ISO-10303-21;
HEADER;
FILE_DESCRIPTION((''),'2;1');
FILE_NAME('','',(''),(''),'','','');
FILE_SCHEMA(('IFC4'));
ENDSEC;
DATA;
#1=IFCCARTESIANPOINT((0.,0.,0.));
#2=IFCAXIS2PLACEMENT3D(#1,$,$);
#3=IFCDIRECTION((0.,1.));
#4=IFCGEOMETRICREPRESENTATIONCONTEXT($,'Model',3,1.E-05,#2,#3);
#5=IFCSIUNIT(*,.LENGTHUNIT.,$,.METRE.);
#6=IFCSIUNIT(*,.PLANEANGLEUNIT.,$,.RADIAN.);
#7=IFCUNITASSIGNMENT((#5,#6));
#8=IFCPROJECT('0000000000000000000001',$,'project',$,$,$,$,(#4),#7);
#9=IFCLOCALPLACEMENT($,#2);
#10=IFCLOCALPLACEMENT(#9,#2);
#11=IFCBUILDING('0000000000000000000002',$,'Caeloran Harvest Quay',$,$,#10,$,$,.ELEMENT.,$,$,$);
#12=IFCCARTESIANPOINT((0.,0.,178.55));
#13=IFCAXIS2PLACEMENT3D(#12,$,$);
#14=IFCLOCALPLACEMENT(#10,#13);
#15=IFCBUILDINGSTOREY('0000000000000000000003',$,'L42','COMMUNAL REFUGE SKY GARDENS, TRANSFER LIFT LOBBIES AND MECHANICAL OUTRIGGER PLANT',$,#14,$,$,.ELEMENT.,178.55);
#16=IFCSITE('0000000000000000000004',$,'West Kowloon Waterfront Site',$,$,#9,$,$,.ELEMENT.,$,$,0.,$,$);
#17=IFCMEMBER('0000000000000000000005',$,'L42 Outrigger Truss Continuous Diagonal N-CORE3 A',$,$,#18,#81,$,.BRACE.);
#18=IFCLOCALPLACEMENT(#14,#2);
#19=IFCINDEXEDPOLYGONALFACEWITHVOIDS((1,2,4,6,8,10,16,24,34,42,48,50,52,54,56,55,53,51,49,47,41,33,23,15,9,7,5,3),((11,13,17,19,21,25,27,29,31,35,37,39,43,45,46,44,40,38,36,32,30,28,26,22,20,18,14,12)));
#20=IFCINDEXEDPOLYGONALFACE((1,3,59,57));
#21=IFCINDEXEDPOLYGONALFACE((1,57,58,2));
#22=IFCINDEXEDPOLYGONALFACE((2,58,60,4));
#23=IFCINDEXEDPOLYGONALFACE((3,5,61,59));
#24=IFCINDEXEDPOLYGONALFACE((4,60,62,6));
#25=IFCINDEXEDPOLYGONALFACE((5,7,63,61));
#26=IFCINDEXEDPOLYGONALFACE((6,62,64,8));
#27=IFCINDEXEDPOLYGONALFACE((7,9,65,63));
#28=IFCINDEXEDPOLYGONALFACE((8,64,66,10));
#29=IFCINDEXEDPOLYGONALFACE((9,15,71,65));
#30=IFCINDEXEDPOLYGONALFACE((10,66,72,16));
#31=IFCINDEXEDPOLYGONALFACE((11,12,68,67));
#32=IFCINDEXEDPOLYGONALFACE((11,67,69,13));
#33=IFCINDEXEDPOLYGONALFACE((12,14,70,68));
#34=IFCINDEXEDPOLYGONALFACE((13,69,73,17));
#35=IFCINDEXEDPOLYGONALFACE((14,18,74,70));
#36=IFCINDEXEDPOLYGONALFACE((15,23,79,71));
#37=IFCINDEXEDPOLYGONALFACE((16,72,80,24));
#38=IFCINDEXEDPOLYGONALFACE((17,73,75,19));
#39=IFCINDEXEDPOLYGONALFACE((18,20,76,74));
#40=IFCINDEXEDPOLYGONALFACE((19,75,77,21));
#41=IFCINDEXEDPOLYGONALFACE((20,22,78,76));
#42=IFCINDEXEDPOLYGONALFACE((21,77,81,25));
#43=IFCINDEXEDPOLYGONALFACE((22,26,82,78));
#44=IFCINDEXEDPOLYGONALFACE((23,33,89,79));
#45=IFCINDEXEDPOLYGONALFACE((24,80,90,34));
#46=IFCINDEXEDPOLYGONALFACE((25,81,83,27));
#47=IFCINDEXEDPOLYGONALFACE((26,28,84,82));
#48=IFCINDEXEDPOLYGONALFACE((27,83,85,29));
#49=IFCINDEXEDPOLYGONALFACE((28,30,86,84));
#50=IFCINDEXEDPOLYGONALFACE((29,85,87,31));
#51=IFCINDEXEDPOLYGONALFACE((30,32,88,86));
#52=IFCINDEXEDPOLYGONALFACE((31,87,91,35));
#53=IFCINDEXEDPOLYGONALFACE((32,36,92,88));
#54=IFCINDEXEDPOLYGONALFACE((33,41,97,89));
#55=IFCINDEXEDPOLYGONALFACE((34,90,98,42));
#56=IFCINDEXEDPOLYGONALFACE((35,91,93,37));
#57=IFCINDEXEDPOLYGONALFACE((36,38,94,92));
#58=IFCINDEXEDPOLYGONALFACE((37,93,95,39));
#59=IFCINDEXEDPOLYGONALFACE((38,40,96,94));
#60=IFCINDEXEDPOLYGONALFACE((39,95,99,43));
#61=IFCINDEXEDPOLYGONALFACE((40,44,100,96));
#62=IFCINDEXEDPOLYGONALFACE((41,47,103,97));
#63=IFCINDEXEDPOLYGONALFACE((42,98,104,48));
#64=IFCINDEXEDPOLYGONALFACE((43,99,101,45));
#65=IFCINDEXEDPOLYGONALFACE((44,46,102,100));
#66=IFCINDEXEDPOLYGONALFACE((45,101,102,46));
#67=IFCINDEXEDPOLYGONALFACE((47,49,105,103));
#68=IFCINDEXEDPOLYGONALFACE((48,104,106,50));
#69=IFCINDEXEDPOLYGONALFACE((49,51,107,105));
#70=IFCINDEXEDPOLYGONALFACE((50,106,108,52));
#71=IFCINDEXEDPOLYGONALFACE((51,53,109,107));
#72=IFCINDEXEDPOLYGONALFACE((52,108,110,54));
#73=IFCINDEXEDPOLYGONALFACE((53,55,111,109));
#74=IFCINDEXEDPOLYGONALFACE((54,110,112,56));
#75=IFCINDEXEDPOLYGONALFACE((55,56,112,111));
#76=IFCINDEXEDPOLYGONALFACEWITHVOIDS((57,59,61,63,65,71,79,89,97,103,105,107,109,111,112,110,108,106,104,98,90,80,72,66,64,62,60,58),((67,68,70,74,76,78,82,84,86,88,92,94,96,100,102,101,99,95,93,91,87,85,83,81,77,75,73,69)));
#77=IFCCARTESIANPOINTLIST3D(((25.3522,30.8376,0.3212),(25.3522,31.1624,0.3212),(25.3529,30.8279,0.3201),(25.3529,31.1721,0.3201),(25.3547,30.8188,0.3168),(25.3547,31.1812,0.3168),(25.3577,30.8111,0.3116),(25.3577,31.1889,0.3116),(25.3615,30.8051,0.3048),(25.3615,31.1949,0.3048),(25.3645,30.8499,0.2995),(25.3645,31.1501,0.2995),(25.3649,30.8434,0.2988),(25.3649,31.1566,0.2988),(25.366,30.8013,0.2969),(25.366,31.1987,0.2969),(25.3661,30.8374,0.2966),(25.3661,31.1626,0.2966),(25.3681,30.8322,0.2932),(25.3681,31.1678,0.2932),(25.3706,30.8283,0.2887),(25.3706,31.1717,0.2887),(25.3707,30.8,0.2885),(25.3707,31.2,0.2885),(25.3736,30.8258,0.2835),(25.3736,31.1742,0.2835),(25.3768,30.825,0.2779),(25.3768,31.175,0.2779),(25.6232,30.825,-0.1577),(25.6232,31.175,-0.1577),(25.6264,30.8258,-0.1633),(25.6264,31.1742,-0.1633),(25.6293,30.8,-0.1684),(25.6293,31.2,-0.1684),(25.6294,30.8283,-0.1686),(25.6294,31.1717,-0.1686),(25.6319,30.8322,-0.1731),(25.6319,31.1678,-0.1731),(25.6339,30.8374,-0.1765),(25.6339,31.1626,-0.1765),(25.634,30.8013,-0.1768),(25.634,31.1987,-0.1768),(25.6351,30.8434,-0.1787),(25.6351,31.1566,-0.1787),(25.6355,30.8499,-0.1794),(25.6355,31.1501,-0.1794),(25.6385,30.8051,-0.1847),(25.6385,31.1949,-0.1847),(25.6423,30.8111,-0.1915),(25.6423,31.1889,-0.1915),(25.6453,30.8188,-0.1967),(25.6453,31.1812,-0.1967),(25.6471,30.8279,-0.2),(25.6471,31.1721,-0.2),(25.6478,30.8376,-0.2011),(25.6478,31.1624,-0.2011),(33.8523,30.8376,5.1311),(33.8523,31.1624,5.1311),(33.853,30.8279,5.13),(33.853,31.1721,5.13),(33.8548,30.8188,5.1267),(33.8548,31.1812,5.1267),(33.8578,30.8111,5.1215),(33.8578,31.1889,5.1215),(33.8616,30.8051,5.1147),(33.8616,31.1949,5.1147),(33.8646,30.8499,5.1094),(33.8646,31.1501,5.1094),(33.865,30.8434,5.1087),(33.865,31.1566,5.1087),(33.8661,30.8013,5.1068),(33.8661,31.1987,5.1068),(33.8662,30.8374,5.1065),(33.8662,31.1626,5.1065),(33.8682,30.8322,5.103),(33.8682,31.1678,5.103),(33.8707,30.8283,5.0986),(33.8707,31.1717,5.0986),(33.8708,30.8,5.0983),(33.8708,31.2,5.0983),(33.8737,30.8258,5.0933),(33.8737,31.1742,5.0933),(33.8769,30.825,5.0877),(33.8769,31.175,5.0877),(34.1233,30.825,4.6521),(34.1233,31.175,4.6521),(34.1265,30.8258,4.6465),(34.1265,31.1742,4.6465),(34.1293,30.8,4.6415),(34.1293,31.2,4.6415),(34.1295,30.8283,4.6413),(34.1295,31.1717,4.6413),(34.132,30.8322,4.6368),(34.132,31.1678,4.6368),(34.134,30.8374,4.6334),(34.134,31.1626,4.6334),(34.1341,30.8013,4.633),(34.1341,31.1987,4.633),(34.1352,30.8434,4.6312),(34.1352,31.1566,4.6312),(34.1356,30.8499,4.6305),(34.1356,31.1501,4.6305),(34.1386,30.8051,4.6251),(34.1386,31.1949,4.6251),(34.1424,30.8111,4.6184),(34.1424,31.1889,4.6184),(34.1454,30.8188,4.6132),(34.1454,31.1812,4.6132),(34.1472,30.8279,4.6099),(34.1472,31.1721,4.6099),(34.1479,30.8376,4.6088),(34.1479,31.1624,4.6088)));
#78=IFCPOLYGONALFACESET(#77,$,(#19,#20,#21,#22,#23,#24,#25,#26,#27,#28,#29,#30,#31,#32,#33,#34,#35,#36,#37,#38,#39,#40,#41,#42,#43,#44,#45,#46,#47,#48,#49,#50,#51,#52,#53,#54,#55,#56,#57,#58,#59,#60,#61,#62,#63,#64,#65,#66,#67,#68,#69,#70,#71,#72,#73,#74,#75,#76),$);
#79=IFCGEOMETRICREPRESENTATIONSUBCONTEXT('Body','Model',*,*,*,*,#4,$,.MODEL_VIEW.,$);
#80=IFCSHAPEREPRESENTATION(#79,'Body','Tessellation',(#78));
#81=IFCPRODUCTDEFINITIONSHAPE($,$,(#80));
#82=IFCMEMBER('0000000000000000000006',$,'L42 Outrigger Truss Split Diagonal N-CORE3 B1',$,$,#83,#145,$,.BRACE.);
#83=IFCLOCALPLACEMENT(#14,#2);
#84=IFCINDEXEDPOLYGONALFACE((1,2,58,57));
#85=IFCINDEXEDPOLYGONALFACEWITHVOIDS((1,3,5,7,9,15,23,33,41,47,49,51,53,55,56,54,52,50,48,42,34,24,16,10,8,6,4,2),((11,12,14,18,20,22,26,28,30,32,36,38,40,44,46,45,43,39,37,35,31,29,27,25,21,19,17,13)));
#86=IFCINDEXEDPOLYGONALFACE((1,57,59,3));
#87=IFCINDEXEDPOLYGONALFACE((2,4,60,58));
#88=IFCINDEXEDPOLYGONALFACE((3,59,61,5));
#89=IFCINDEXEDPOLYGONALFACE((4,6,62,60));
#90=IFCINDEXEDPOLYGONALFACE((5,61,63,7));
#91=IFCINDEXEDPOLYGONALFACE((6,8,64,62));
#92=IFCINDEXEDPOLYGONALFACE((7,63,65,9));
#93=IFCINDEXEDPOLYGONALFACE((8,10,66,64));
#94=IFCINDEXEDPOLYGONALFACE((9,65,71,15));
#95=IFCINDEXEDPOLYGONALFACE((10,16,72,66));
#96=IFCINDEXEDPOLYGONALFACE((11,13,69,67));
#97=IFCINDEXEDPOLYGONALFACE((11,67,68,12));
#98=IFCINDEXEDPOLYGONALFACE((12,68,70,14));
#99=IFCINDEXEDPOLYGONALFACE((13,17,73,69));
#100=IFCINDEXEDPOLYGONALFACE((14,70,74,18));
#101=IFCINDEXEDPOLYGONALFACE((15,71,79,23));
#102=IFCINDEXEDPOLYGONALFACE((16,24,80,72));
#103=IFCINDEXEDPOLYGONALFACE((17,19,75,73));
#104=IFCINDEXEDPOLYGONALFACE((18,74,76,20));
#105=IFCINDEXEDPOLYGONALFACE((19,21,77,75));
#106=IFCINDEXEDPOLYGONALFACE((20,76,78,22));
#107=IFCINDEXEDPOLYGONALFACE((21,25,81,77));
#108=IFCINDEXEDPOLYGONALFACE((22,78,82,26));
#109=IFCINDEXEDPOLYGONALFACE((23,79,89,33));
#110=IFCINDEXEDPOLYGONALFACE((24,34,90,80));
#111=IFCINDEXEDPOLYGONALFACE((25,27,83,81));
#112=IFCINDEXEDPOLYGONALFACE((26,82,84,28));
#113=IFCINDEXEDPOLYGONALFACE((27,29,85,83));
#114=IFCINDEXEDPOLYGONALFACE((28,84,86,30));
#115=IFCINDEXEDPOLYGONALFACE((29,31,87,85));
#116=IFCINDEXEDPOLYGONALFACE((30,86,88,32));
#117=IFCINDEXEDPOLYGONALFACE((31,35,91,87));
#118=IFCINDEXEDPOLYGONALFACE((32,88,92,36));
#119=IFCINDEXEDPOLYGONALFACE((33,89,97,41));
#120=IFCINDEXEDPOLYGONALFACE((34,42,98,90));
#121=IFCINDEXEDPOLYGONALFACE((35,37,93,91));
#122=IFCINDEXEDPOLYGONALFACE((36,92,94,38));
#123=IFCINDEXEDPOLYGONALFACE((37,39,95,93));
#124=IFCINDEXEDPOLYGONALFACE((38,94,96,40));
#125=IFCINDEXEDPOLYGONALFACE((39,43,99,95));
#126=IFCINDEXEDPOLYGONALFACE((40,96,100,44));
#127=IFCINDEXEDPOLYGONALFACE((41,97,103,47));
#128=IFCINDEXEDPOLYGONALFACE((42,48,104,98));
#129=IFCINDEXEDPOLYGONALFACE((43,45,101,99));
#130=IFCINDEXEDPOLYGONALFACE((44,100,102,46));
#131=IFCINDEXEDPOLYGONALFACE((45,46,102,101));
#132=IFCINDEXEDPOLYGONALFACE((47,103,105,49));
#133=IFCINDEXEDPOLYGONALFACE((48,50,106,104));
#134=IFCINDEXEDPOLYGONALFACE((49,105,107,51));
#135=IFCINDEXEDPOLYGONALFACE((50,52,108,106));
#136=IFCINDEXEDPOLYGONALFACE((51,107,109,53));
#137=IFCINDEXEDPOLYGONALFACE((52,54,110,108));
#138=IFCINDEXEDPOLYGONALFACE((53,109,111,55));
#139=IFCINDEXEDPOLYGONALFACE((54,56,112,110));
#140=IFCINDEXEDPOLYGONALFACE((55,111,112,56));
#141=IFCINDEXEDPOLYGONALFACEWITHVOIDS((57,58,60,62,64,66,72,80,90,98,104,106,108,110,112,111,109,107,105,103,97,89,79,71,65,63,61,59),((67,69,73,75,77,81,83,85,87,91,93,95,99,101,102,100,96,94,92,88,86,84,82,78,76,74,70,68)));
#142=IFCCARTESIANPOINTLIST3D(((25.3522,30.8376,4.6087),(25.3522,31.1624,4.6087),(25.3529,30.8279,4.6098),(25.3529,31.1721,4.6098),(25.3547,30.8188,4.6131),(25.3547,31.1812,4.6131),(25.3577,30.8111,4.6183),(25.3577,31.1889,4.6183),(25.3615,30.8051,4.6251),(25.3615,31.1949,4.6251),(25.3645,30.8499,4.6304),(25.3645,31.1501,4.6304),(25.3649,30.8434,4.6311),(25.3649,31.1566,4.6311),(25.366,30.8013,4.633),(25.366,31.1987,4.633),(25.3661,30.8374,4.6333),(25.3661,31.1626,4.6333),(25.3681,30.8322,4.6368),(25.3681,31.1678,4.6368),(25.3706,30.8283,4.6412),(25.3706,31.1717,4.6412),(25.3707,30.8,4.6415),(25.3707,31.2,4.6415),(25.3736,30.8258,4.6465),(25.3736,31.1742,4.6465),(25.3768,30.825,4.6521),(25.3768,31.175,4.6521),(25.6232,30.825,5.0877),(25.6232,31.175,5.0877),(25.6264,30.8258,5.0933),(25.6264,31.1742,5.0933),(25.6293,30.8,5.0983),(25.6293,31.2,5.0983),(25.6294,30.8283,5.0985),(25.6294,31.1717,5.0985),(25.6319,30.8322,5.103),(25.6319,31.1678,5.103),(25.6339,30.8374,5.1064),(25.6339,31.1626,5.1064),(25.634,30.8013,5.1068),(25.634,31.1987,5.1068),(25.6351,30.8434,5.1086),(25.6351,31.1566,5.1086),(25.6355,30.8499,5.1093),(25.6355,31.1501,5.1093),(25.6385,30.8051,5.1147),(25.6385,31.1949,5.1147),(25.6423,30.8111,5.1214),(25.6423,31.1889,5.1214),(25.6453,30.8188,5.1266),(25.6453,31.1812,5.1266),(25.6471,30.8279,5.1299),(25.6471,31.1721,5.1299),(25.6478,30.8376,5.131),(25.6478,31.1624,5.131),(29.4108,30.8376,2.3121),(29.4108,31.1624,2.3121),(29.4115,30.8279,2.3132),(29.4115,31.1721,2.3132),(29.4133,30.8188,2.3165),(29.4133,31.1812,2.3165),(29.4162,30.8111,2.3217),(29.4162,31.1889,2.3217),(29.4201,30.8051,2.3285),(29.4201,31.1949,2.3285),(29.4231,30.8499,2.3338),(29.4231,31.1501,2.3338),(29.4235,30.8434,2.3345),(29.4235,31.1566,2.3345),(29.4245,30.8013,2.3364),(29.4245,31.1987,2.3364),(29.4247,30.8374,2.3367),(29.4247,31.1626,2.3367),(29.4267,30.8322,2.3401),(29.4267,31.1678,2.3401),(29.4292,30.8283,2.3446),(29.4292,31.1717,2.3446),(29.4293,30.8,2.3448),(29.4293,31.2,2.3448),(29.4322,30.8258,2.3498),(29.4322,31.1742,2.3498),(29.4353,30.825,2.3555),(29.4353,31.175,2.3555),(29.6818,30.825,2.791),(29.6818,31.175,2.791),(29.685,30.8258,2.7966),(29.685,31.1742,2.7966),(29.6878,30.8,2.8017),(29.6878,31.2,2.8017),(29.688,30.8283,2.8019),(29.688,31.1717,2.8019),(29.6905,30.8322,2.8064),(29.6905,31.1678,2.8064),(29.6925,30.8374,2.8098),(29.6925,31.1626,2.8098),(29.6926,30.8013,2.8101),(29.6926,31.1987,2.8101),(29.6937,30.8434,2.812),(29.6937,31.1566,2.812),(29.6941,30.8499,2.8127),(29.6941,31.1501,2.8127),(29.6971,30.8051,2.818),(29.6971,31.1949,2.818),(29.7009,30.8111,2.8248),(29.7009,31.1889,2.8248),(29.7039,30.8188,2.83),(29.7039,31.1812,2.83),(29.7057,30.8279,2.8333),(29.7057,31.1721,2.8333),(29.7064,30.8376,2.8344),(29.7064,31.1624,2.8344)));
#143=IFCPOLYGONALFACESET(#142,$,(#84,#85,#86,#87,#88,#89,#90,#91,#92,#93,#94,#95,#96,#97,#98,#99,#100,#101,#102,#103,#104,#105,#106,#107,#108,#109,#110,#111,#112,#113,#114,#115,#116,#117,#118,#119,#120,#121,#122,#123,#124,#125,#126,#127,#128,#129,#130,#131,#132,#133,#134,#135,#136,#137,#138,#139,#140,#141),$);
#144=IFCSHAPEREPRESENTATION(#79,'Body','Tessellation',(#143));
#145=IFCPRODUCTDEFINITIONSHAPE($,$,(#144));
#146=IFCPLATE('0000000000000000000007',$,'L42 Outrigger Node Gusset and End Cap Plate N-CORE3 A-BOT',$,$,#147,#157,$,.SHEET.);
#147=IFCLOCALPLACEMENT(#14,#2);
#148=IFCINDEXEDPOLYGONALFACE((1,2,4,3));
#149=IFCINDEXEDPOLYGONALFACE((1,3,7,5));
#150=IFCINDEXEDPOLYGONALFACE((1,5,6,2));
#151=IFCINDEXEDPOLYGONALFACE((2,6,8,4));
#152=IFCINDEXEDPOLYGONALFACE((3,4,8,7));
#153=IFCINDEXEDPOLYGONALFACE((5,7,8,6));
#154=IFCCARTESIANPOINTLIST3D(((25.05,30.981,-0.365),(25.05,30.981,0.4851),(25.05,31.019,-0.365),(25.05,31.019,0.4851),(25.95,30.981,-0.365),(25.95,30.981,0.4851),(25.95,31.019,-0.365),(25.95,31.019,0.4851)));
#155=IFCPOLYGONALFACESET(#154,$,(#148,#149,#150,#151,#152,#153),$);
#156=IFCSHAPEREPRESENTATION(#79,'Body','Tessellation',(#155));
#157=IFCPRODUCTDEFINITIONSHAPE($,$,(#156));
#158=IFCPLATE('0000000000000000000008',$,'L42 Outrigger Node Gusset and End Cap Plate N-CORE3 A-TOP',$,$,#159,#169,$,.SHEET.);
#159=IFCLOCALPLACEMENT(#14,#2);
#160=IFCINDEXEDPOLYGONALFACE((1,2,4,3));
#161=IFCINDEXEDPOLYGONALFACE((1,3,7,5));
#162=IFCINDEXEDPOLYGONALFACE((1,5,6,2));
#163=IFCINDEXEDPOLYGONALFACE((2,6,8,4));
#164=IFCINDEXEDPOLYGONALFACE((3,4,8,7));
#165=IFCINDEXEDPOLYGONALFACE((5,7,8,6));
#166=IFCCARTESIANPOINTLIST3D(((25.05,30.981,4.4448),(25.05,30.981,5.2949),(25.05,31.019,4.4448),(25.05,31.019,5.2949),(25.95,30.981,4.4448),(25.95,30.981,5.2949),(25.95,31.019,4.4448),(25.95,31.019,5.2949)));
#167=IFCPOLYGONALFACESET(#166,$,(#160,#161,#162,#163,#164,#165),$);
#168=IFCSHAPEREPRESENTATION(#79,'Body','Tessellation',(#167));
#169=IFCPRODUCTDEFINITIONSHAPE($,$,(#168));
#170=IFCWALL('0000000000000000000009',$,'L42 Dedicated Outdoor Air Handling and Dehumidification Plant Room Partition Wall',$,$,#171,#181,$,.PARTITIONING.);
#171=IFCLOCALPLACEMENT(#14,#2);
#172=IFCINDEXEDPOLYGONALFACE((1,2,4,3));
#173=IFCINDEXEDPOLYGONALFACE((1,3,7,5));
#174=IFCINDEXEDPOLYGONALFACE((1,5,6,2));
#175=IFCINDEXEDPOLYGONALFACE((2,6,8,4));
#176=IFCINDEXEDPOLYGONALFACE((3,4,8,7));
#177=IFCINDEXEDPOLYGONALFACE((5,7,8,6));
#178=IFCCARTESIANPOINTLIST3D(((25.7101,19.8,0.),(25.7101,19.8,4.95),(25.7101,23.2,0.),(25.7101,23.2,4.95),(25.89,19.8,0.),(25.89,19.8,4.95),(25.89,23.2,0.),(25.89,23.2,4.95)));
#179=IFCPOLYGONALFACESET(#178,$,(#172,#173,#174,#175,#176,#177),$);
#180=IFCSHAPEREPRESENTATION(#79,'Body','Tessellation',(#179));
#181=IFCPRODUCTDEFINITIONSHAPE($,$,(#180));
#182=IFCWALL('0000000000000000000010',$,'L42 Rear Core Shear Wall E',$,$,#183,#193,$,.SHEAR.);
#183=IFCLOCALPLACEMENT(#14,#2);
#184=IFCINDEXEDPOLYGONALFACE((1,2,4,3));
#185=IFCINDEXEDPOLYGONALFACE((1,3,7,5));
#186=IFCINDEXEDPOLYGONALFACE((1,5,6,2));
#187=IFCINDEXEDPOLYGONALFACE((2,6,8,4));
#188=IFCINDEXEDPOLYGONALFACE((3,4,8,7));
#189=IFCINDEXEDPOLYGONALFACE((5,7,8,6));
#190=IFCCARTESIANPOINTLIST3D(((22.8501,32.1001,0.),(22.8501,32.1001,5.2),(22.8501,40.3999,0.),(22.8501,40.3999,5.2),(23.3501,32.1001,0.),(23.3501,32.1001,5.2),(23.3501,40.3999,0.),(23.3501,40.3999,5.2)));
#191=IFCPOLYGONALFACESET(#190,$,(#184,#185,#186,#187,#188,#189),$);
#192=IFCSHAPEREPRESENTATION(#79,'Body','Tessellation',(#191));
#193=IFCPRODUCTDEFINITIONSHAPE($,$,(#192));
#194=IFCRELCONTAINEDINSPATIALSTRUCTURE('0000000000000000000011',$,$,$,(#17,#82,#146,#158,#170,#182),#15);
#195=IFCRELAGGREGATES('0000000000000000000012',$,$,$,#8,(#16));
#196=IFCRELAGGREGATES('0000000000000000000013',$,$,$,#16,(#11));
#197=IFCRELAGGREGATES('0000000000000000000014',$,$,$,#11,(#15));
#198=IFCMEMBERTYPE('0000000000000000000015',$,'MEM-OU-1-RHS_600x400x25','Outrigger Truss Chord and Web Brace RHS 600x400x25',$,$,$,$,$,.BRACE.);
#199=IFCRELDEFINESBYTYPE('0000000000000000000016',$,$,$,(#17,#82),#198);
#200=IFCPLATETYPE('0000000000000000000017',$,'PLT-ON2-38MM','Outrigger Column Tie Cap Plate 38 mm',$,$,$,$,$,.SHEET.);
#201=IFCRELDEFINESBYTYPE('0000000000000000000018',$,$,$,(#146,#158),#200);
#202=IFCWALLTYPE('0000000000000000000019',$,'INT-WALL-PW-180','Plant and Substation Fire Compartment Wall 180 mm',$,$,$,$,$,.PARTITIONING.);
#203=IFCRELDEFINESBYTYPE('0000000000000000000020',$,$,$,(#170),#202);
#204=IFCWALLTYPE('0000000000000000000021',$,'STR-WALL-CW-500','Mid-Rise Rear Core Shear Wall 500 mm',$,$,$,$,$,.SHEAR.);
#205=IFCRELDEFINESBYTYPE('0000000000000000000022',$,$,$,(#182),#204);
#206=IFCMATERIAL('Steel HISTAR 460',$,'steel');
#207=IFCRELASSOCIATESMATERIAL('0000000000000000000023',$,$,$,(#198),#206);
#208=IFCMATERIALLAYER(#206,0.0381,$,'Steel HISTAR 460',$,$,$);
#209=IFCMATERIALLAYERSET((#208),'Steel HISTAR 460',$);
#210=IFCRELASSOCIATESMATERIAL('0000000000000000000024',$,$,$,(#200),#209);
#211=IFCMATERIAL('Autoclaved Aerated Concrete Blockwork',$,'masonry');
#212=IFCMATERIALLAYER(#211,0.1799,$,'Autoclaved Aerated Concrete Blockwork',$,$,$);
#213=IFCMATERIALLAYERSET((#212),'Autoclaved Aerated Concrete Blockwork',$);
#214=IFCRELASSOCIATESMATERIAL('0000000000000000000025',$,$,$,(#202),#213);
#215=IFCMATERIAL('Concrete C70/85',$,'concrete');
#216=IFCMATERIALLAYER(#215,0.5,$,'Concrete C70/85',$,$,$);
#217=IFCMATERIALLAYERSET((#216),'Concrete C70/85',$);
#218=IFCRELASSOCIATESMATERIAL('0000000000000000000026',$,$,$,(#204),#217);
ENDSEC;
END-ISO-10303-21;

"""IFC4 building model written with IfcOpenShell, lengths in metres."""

from ifc_helpers import new_model, si_unit, direction, frame, frame_2d, origin, origin_2d, place, context, subcontext, project, spatial, rectangle, hollow_rectangle, extrude, material, layer, layer_set, material_profile, profile_set, type_object, element, save


model = new_model("IFC4")

# Units and contexts
model_context = context("Model", 3, precision=1e-05, world=origin(), true_north=direction((0.0, 1.0)))
body_context = subcontext(model_context, "Body", "Model", "MODEL_VIEW")
ifc_project = project(units=[si_unit("LENGTHUNIT", "METRE"), si_unit("PLANEANGLEUNIT", "RADIAN")], contexts=[model_context])

# Site, building, storey
site_placement = place(None, origin())
site = spatial("IfcSite", under=ifc_project, at=site_placement, Name="West Kowloon Waterfront Site", CompositionType="ELEMENT", RefElevation=0.0)
building_placement = place(site_placement, origin())
building = spatial("IfcBuilding", under=site, at=building_placement, Name="Caeloran Harvest Quay", CompositionType="ELEMENT")
storey_placement = place(building_placement, frame((0.0, 0.0, 178.55)))
storey = spatial("IfcBuildingStorey", under=building, at=storey_placement, Name="L42", Description="COMMUNAL REFUGE SKY GARDENS, TRANSFER LIFT LOBBIES AND MECHANICAL OUTRIGGER PLANT", CompositionType="ELEMENT", Elevation=178.55)

# Shared definitions
ifc_material_1 = material(Name="Concrete C70/85", Category="concrete")

# Members
ifc_material_2 = material(Name="Steel HISTAR 460", Category="steel")
ifc_material_profile_1 = material_profile(ifc_material_2, hollow_rectangle(XDim=0.3999, YDim=0.6001, WallThickness=0.0249, InnerFilletRadius=0.0249, OuterFilletRadius=0.0376, at=origin_2d()), Name="RHS 600x400x25")
ifc_profile_set_1 = profile_set([ifc_material_profile_1], Name="Steel HISTAR 460")
member_type = type_object("IfcMemberType", Name="MEM-OU-1-RHS_600x400x25", Description="Outrigger Truss Chord and Web Brace RHS 600x400x25", PredefinedType="BRACE", material=ifc_profile_set_1)
member_1_placement = place(storey_placement, frame((25.5, 31.0, 0.0601), z_axis=(0.870323, 0.0, 0.492481), x_axis=(0.0, 1.0, 0.0)))
element("IfcMember", 1, at=member_1_placement, inside=storey, type_object=member_type, Name="L42 Outrigger Truss Continuous Diagonal N-CORE3 A", PredefinedType="BRACE", context=body_context, shape_type="SweptSolid", body=[
    extrude(hollow_rectangle(XDim=0.3999, YDim=0.6001, WallThickness=0.0249, InnerFilletRadius=0.0249, OuterFilletRadius=0.0376, at=origin_2d()), origin(), (0.0, 0.0, 1.0), 9.7666),
])
member_2_placement = place(storey_placement, frame((25.5, 31.0, 4.8699), z_axis=(0.87032, 0.0, -0.492487), x_axis=(0.0, 1.0, 0.0)))
element("IfcMember", 2, at=member_2_placement, inside=storey, type_object=member_type, Name="L42 Outrigger Truss Split Diagonal N-CORE3 B1", PredefinedType="BRACE", context=body_context, shape_type="SweptSolid", body=[
    extrude(hollow_rectangle(XDim=0.3999, YDim=0.6001, WallThickness=0.0249, InnerFilletRadius=0.0249, OuterFilletRadius=0.0376, at=origin_2d()), origin(), (0.0, 0.0, 1.0), 4.6633),
])

# Plates
ifc_layer_1 = layer(ifc_material_2, 0.0381, Name="Steel HISTAR 460")
ifc_layer_set_1 = layer_set([ifc_layer_1], Name="Steel HISTAR 460")
plate_type = type_object("IfcPlateType", Name="PLT-ON2-38MM", Description="Outrigger Column Tie Cap Plate 38 mm", PredefinedType="SHEET", material=ifc_layer_set_1)
for number, where, z_axis, x_axis, name in (
    (3, (25.5, 31.0, -0.365), (0.0, 0.0, 1.0), (1.0, 0.0, 0.0), "L42 Outrigger Node Gusset and End Cap Plate N-CORE3 A-BOT"),
    (4, (25.5, 31.0, 4.4448), (0.0, 0.0, 1.0), (1.0, 0.0, 0.0), "L42 Outrigger Node Gusset and End Cap Plate N-CORE3 A-TOP"),
):
    element("IfcPlate", number, at=place(storey_placement, frame(where, z_axis=z_axis, x_axis=x_axis)), inside=storey, type_object=plate_type, Name=name, PredefinedType="SHEET", context=body_context, shape_type="SweptSolid", body=[
        extrude(rectangle(XDim=0.8999, YDim=0.0381, at=origin_2d()), origin(), (0.0, 0.0, 1.0), 0.8501),
    ])

# Walls
ifc_material_3 = material(Name="Autoclaved Aerated Concrete Blockwork", Category="masonry")
ifc_layer_2 = layer(ifc_material_3, 0.1799, Name="Autoclaved Aerated Concrete Blockwork")
ifc_layer_set_2 = layer_set([ifc_layer_2], Name="Autoclaved Aerated Concrete Blockwork")
wall_type_1 = type_object("IfcWallType", Name="INT-WALL-PW-180", Description="Plant and Substation Fire Compartment Wall 180 mm", PredefinedType="PARTITIONING", material=ifc_layer_set_2)
wall_1_placement = place(storey_placement, frame((25.8, 23.2, 0.0), z_axis=(0.0, 0.0, 1.0), x_axis=(0.0, -1.0, 0.0)))
element("IfcWall", 5, at=wall_1_placement, inside=storey, type_object=wall_type_1, Name="L42 Dedicated Outdoor Air Handling and Dehumidification Plant Room Partition Wall", PredefinedType="PARTITIONING", context=body_context, shape_type="SweptSolid", body=[
    extrude(rectangle(XDim=3.3999, YDim=0.1799, at=frame_2d((1.7, 0.0))), origin(), (0.0, 0.0, 1.0), 4.95),
])
ifc_layer_3 = layer(ifc_material_1, 0.5, Name="Concrete C70/85")
ifc_layer_set_3 = layer_set([ifc_layer_3], Name="Concrete C70/85")
wall_type_2 = type_object("IfcWallType", Name="STR-WALL-CW-500", Description="Mid-Rise Rear Core Shear Wall 500 mm", PredefinedType="SHEAR", material=ifc_layer_set_3)
wall_2_placement = place(storey_placement, frame((23.1001, 32.1001, 0.0), z_axis=(0.0, 0.0, 1.0), x_axis=(0.0, 1.0, 0.0)))
element("IfcWall", 6, at=wall_2_placement, inside=storey, type_object=wall_type_2, Name="L42 Rear Core Shear Wall E", PredefinedType="SHEAR", context=body_context, shape_type="SweptSolid", body=[
    extrude(rectangle(XDim=8.2998, YDim=0.5, at=frame_2d((4.1499, 0.0))), origin(), (0.0, 0.0, 1.0), 5.2),
])

save(model, "model.ifc")
